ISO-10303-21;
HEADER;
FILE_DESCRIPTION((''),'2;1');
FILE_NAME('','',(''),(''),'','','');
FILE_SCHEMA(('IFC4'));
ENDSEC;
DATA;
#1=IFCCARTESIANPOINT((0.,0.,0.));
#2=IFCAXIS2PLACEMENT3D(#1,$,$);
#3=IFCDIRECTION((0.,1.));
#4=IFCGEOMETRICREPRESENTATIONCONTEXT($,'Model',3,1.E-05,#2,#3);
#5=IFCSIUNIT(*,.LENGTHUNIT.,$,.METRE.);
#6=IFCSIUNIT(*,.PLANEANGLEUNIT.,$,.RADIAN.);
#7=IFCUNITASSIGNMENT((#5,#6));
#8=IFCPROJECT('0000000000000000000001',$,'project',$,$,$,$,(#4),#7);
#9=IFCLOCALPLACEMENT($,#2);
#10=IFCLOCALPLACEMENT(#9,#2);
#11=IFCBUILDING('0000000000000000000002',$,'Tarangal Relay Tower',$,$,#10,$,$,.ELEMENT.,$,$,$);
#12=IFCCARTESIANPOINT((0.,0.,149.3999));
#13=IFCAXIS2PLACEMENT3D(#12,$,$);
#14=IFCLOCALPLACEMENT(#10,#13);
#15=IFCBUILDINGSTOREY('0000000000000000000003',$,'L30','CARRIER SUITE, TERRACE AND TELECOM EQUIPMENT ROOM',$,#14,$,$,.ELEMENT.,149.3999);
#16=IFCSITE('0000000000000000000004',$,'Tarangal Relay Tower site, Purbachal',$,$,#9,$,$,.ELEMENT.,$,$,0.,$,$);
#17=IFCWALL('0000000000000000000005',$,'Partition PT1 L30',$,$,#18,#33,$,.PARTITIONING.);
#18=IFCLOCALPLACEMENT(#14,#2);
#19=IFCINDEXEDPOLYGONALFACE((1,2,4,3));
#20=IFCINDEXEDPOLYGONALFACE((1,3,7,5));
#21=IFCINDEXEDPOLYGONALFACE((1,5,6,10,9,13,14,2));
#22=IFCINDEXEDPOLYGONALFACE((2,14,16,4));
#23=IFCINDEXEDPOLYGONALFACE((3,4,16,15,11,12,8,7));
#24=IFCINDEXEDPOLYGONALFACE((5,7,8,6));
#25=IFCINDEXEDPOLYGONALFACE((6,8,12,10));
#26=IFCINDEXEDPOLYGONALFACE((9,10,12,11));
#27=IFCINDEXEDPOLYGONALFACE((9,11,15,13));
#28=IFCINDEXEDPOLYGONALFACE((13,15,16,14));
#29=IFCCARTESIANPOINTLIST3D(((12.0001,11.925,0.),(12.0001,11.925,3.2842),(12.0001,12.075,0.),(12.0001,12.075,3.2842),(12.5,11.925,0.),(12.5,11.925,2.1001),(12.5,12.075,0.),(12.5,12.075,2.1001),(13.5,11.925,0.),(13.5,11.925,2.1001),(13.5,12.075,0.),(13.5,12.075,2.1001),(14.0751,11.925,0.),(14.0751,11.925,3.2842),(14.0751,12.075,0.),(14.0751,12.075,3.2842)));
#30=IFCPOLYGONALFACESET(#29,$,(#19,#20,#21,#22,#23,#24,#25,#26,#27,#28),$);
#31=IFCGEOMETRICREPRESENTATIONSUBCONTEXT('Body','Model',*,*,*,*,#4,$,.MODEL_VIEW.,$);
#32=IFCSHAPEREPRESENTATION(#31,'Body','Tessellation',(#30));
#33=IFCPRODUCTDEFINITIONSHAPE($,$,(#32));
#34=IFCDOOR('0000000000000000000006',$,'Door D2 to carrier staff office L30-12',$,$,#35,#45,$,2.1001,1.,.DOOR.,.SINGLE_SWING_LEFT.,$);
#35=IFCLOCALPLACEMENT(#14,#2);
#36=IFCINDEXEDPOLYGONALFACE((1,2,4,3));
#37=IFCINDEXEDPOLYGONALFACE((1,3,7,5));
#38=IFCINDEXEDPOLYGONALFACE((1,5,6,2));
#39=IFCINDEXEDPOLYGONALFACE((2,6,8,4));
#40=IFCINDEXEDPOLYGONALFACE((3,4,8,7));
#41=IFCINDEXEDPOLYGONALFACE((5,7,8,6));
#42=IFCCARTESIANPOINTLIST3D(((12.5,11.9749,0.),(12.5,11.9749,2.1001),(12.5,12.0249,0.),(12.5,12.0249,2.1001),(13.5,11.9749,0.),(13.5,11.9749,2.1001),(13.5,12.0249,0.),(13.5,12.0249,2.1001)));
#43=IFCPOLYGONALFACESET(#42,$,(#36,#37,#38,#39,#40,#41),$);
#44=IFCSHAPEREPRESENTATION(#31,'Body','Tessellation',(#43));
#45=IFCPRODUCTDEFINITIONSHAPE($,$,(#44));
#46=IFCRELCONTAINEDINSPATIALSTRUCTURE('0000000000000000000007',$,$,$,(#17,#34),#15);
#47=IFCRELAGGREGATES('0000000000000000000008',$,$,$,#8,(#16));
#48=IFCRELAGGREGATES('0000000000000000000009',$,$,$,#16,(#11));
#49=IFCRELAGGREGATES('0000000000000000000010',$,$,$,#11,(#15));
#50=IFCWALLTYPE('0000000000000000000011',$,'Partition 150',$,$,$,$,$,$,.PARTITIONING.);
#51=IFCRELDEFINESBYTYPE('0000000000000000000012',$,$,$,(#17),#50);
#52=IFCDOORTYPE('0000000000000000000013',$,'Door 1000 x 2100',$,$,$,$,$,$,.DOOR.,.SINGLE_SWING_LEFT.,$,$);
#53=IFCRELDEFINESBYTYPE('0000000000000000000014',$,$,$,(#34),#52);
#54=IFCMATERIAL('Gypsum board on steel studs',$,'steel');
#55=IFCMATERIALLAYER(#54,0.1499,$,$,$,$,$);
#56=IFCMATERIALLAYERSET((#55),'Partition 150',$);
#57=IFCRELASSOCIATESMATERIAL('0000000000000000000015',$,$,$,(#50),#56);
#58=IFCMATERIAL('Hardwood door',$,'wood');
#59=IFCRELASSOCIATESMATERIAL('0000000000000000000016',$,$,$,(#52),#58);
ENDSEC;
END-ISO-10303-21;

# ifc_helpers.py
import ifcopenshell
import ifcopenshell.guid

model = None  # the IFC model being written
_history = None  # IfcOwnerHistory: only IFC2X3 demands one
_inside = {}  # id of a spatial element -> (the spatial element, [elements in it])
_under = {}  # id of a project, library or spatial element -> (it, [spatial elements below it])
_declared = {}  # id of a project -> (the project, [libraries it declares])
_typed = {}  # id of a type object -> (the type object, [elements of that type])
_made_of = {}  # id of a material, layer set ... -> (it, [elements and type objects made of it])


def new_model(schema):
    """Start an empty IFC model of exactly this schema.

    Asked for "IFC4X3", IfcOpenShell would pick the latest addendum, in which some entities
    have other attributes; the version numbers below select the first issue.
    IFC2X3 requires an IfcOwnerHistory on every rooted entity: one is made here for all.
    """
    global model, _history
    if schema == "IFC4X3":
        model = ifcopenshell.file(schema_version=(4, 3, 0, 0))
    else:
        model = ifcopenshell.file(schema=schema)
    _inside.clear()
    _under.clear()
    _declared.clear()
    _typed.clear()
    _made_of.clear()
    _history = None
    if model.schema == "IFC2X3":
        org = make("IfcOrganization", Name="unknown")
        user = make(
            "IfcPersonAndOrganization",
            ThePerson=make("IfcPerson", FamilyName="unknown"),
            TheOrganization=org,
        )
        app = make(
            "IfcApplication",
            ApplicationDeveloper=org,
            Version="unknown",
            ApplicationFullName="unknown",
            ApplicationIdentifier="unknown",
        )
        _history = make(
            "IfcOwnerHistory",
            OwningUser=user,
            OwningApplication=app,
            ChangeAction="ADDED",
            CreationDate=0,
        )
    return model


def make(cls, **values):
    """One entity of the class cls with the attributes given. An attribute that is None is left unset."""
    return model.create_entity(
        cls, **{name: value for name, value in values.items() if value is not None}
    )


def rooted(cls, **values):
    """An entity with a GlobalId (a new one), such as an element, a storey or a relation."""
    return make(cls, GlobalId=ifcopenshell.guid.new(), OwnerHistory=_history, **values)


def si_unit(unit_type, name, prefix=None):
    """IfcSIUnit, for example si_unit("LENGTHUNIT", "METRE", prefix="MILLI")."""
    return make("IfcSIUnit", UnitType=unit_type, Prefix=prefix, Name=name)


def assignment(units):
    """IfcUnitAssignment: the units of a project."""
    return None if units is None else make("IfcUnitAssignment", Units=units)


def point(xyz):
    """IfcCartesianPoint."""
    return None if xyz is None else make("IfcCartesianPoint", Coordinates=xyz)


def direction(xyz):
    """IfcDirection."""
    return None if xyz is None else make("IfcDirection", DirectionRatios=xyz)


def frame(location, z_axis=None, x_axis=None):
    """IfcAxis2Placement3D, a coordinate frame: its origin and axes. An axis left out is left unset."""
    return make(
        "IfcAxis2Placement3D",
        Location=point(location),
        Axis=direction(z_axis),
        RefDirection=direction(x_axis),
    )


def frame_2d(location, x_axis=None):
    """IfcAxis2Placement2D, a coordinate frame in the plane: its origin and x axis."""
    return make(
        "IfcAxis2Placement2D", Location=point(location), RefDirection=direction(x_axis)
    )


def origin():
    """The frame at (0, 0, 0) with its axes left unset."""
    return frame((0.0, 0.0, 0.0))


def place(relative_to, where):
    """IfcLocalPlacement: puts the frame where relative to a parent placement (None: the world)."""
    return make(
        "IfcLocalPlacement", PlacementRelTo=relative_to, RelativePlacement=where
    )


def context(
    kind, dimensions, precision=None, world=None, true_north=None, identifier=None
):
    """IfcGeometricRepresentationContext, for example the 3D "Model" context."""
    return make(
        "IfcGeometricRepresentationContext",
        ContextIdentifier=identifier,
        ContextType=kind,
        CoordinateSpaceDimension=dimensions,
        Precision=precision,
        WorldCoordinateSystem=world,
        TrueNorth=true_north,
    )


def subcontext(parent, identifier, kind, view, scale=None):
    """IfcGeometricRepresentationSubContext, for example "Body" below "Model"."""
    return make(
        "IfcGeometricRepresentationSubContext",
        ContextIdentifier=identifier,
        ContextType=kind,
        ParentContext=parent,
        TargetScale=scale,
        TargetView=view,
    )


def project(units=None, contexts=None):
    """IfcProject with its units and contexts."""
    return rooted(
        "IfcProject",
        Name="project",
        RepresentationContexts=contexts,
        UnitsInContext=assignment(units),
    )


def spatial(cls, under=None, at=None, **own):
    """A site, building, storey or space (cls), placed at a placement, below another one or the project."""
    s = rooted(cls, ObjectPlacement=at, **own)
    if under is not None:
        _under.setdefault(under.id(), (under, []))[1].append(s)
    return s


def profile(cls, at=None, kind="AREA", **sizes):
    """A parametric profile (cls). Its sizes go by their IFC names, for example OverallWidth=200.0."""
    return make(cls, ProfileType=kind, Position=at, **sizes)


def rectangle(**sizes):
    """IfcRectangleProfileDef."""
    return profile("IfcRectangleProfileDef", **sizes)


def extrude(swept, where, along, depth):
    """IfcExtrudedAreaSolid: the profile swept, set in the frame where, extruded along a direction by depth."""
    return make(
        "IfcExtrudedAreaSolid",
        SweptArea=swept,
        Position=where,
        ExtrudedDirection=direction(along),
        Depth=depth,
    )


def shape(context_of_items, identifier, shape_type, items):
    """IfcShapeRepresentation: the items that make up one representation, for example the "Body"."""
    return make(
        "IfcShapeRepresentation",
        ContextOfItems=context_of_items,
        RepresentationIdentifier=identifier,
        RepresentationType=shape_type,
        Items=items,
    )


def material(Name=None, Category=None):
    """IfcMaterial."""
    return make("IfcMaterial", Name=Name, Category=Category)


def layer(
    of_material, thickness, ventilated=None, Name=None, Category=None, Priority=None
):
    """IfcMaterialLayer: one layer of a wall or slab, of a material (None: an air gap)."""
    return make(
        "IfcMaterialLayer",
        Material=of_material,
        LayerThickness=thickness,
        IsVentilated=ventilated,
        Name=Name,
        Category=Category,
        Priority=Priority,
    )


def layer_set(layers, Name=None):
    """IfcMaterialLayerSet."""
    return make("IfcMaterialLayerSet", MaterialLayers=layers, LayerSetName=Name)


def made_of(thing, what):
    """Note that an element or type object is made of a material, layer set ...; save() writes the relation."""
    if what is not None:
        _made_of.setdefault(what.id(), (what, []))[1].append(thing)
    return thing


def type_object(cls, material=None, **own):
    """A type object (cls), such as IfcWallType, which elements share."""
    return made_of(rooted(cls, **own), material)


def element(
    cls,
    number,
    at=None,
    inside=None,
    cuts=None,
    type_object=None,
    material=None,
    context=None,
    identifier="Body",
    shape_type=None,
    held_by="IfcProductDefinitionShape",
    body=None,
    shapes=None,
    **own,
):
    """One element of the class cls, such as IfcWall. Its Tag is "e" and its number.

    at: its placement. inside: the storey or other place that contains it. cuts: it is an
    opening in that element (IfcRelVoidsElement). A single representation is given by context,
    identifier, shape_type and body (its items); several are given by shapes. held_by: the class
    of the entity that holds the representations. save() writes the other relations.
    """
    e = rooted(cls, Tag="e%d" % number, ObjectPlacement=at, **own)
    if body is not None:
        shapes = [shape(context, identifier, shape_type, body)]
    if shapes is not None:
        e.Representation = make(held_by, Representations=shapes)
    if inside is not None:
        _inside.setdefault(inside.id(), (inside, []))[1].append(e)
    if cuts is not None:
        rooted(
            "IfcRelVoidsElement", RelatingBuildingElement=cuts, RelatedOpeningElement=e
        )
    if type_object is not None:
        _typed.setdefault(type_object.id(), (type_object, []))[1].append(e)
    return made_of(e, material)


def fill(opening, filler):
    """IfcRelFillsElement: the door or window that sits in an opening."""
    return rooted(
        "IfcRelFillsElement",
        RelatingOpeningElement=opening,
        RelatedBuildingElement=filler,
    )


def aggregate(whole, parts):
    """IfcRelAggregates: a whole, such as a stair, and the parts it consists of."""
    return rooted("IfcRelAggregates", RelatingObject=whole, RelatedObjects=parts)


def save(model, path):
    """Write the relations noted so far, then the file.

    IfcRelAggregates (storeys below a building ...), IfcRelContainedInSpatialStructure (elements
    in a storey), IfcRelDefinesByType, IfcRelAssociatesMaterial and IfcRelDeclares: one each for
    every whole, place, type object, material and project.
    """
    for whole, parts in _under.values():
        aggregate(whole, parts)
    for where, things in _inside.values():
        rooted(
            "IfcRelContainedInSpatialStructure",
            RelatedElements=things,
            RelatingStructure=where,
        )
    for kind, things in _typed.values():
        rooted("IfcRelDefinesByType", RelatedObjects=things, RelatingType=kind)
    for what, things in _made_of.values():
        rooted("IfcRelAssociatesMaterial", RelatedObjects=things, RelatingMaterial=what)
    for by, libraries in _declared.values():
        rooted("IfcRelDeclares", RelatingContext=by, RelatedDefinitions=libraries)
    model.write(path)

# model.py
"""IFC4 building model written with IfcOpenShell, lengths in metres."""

from ifc_helpers import new_model, si_unit, direction, frame, frame_2d, origin, place, context, subcontext, project, spatial, rectangle, extrude, material, layer, layer_set, type_object, element, fill, save


model = new_model("IFC4")

# Units and contexts
model_context = context("Model", 3, precision=1e-05, world=origin(), true_north=direction((0.0, 1.0)))
body_context = subcontext(model_context, "Body", "Model", "MODEL_VIEW")
ifc_project = project(units=[si_unit("LENGTHUNIT", "METRE"), si_unit("PLANEANGLEUNIT", "RADIAN")], contexts=[model_context])

# Site, building, storey
site_placement = place(None, origin())
site = spatial("IfcSite", under=ifc_project, at=site_placement, Name="Tarangal Relay Tower site, Purbachal", CompositionType="ELEMENT", RefElevation=0.0)
building_placement = place(site_placement, origin())
building = spatial("IfcBuilding", under=site, at=building_placement, Name="Tarangal Relay Tower", CompositionType="ELEMENT")
storey_placement = place(building_placement, frame((0.0, 0.0, 149.3999)))
storey = spatial("IfcBuildingStorey", under=building, at=storey_placement, Name="L30", Description="CARRIER SUITE, TERRACE AND TELECOM EQUIPMENT ROOM", CompositionType="ELEMENT", Elevation=149.3999)

# Wall, opening, door
ifc_material_1 = material(Name="Gypsum board on steel studs", Category="steel")
ifc_layer_1 = layer(ifc_material_1, 0.1499)
ifc_layer_set_1 = layer_set([ifc_layer_1], Name="Partition 150")
wall_type_1 = type_object("IfcWallType", Name="Partition 150", PredefinedType="PARTITIONING", material=ifc_layer_set_1)
wall_1_placement = place(storey_placement, frame((12.0, 12.0, 0.0), z_axis=(0.0, 0.0, 1.0), x_axis=(1.0, 0.0, 0.0)))
wall_1 = element("IfcWall", 1, at=wall_1_placement, inside=storey, type_object=wall_type_1, Name="Partition PT1 L30", PredefinedType="PARTITIONING", context=body_context, shape_type="SweptSolid", body=[
    extrude(rectangle(XDim=2.075, YDim=0.1499, at=frame_2d((1.0376, 0.0))), origin(), (0.0, 0.0, 1.0), 3.2842),
])
opening_1_placement = place(wall_1_placement, frame((0.5, 0.0, 0.0)))
opening_1 = element("IfcOpeningElement", 2, at=opening_1_placement, cuts=wall_1, PredefinedType="OPENING", context=body_context, shape_type="SweptSolid", body=[
    extrude(rectangle(XDim=1.0, YDim=2.1001, at=frame_2d((0.5, 1.05))), frame((0.0, 0.085, 0.0), z_axis=(0.0, -1.0, 0.0), x_axis=(1.0, 0.0, 0.0)), (0.0, 0.0, 1.0), 0.1699),
])
ifc_material_2 = material(Name="Hardwood door", Category="wood")
door_type_1 = type_object("IfcDoorType", Name="Door 1000 x 2100", OperationType="SINGLE_SWING_LEFT", PredefinedType="DOOR", material=ifc_material_2)
door_1_placement = place(opening_1_placement, origin())
door_1 = element("IfcDoor", 3, at=door_1_placement, inside=storey, type_object=door_type_1, Name="Door D2 to carrier staff office L30-12", OperationType="SINGLE_SWING_LEFT", OverallHeight=2.1001, OverallWidth=1.0, PredefinedType="DOOR", context=body_context, shape_type="SweptSolid", body=[
    extrude(rectangle(XDim=1.0, YDim=2.1001, at=frame_2d((0.5, 1.05))), frame((0.0, 0.0249, 0.0), z_axis=(0.0, -1.0, 0.0), x_axis=(1.0, 0.0, 0.0)), (0.0, 0.0, 1.0), 0.05),
])
fill(opening_1, door_1)

save(model, "model.ifc")
